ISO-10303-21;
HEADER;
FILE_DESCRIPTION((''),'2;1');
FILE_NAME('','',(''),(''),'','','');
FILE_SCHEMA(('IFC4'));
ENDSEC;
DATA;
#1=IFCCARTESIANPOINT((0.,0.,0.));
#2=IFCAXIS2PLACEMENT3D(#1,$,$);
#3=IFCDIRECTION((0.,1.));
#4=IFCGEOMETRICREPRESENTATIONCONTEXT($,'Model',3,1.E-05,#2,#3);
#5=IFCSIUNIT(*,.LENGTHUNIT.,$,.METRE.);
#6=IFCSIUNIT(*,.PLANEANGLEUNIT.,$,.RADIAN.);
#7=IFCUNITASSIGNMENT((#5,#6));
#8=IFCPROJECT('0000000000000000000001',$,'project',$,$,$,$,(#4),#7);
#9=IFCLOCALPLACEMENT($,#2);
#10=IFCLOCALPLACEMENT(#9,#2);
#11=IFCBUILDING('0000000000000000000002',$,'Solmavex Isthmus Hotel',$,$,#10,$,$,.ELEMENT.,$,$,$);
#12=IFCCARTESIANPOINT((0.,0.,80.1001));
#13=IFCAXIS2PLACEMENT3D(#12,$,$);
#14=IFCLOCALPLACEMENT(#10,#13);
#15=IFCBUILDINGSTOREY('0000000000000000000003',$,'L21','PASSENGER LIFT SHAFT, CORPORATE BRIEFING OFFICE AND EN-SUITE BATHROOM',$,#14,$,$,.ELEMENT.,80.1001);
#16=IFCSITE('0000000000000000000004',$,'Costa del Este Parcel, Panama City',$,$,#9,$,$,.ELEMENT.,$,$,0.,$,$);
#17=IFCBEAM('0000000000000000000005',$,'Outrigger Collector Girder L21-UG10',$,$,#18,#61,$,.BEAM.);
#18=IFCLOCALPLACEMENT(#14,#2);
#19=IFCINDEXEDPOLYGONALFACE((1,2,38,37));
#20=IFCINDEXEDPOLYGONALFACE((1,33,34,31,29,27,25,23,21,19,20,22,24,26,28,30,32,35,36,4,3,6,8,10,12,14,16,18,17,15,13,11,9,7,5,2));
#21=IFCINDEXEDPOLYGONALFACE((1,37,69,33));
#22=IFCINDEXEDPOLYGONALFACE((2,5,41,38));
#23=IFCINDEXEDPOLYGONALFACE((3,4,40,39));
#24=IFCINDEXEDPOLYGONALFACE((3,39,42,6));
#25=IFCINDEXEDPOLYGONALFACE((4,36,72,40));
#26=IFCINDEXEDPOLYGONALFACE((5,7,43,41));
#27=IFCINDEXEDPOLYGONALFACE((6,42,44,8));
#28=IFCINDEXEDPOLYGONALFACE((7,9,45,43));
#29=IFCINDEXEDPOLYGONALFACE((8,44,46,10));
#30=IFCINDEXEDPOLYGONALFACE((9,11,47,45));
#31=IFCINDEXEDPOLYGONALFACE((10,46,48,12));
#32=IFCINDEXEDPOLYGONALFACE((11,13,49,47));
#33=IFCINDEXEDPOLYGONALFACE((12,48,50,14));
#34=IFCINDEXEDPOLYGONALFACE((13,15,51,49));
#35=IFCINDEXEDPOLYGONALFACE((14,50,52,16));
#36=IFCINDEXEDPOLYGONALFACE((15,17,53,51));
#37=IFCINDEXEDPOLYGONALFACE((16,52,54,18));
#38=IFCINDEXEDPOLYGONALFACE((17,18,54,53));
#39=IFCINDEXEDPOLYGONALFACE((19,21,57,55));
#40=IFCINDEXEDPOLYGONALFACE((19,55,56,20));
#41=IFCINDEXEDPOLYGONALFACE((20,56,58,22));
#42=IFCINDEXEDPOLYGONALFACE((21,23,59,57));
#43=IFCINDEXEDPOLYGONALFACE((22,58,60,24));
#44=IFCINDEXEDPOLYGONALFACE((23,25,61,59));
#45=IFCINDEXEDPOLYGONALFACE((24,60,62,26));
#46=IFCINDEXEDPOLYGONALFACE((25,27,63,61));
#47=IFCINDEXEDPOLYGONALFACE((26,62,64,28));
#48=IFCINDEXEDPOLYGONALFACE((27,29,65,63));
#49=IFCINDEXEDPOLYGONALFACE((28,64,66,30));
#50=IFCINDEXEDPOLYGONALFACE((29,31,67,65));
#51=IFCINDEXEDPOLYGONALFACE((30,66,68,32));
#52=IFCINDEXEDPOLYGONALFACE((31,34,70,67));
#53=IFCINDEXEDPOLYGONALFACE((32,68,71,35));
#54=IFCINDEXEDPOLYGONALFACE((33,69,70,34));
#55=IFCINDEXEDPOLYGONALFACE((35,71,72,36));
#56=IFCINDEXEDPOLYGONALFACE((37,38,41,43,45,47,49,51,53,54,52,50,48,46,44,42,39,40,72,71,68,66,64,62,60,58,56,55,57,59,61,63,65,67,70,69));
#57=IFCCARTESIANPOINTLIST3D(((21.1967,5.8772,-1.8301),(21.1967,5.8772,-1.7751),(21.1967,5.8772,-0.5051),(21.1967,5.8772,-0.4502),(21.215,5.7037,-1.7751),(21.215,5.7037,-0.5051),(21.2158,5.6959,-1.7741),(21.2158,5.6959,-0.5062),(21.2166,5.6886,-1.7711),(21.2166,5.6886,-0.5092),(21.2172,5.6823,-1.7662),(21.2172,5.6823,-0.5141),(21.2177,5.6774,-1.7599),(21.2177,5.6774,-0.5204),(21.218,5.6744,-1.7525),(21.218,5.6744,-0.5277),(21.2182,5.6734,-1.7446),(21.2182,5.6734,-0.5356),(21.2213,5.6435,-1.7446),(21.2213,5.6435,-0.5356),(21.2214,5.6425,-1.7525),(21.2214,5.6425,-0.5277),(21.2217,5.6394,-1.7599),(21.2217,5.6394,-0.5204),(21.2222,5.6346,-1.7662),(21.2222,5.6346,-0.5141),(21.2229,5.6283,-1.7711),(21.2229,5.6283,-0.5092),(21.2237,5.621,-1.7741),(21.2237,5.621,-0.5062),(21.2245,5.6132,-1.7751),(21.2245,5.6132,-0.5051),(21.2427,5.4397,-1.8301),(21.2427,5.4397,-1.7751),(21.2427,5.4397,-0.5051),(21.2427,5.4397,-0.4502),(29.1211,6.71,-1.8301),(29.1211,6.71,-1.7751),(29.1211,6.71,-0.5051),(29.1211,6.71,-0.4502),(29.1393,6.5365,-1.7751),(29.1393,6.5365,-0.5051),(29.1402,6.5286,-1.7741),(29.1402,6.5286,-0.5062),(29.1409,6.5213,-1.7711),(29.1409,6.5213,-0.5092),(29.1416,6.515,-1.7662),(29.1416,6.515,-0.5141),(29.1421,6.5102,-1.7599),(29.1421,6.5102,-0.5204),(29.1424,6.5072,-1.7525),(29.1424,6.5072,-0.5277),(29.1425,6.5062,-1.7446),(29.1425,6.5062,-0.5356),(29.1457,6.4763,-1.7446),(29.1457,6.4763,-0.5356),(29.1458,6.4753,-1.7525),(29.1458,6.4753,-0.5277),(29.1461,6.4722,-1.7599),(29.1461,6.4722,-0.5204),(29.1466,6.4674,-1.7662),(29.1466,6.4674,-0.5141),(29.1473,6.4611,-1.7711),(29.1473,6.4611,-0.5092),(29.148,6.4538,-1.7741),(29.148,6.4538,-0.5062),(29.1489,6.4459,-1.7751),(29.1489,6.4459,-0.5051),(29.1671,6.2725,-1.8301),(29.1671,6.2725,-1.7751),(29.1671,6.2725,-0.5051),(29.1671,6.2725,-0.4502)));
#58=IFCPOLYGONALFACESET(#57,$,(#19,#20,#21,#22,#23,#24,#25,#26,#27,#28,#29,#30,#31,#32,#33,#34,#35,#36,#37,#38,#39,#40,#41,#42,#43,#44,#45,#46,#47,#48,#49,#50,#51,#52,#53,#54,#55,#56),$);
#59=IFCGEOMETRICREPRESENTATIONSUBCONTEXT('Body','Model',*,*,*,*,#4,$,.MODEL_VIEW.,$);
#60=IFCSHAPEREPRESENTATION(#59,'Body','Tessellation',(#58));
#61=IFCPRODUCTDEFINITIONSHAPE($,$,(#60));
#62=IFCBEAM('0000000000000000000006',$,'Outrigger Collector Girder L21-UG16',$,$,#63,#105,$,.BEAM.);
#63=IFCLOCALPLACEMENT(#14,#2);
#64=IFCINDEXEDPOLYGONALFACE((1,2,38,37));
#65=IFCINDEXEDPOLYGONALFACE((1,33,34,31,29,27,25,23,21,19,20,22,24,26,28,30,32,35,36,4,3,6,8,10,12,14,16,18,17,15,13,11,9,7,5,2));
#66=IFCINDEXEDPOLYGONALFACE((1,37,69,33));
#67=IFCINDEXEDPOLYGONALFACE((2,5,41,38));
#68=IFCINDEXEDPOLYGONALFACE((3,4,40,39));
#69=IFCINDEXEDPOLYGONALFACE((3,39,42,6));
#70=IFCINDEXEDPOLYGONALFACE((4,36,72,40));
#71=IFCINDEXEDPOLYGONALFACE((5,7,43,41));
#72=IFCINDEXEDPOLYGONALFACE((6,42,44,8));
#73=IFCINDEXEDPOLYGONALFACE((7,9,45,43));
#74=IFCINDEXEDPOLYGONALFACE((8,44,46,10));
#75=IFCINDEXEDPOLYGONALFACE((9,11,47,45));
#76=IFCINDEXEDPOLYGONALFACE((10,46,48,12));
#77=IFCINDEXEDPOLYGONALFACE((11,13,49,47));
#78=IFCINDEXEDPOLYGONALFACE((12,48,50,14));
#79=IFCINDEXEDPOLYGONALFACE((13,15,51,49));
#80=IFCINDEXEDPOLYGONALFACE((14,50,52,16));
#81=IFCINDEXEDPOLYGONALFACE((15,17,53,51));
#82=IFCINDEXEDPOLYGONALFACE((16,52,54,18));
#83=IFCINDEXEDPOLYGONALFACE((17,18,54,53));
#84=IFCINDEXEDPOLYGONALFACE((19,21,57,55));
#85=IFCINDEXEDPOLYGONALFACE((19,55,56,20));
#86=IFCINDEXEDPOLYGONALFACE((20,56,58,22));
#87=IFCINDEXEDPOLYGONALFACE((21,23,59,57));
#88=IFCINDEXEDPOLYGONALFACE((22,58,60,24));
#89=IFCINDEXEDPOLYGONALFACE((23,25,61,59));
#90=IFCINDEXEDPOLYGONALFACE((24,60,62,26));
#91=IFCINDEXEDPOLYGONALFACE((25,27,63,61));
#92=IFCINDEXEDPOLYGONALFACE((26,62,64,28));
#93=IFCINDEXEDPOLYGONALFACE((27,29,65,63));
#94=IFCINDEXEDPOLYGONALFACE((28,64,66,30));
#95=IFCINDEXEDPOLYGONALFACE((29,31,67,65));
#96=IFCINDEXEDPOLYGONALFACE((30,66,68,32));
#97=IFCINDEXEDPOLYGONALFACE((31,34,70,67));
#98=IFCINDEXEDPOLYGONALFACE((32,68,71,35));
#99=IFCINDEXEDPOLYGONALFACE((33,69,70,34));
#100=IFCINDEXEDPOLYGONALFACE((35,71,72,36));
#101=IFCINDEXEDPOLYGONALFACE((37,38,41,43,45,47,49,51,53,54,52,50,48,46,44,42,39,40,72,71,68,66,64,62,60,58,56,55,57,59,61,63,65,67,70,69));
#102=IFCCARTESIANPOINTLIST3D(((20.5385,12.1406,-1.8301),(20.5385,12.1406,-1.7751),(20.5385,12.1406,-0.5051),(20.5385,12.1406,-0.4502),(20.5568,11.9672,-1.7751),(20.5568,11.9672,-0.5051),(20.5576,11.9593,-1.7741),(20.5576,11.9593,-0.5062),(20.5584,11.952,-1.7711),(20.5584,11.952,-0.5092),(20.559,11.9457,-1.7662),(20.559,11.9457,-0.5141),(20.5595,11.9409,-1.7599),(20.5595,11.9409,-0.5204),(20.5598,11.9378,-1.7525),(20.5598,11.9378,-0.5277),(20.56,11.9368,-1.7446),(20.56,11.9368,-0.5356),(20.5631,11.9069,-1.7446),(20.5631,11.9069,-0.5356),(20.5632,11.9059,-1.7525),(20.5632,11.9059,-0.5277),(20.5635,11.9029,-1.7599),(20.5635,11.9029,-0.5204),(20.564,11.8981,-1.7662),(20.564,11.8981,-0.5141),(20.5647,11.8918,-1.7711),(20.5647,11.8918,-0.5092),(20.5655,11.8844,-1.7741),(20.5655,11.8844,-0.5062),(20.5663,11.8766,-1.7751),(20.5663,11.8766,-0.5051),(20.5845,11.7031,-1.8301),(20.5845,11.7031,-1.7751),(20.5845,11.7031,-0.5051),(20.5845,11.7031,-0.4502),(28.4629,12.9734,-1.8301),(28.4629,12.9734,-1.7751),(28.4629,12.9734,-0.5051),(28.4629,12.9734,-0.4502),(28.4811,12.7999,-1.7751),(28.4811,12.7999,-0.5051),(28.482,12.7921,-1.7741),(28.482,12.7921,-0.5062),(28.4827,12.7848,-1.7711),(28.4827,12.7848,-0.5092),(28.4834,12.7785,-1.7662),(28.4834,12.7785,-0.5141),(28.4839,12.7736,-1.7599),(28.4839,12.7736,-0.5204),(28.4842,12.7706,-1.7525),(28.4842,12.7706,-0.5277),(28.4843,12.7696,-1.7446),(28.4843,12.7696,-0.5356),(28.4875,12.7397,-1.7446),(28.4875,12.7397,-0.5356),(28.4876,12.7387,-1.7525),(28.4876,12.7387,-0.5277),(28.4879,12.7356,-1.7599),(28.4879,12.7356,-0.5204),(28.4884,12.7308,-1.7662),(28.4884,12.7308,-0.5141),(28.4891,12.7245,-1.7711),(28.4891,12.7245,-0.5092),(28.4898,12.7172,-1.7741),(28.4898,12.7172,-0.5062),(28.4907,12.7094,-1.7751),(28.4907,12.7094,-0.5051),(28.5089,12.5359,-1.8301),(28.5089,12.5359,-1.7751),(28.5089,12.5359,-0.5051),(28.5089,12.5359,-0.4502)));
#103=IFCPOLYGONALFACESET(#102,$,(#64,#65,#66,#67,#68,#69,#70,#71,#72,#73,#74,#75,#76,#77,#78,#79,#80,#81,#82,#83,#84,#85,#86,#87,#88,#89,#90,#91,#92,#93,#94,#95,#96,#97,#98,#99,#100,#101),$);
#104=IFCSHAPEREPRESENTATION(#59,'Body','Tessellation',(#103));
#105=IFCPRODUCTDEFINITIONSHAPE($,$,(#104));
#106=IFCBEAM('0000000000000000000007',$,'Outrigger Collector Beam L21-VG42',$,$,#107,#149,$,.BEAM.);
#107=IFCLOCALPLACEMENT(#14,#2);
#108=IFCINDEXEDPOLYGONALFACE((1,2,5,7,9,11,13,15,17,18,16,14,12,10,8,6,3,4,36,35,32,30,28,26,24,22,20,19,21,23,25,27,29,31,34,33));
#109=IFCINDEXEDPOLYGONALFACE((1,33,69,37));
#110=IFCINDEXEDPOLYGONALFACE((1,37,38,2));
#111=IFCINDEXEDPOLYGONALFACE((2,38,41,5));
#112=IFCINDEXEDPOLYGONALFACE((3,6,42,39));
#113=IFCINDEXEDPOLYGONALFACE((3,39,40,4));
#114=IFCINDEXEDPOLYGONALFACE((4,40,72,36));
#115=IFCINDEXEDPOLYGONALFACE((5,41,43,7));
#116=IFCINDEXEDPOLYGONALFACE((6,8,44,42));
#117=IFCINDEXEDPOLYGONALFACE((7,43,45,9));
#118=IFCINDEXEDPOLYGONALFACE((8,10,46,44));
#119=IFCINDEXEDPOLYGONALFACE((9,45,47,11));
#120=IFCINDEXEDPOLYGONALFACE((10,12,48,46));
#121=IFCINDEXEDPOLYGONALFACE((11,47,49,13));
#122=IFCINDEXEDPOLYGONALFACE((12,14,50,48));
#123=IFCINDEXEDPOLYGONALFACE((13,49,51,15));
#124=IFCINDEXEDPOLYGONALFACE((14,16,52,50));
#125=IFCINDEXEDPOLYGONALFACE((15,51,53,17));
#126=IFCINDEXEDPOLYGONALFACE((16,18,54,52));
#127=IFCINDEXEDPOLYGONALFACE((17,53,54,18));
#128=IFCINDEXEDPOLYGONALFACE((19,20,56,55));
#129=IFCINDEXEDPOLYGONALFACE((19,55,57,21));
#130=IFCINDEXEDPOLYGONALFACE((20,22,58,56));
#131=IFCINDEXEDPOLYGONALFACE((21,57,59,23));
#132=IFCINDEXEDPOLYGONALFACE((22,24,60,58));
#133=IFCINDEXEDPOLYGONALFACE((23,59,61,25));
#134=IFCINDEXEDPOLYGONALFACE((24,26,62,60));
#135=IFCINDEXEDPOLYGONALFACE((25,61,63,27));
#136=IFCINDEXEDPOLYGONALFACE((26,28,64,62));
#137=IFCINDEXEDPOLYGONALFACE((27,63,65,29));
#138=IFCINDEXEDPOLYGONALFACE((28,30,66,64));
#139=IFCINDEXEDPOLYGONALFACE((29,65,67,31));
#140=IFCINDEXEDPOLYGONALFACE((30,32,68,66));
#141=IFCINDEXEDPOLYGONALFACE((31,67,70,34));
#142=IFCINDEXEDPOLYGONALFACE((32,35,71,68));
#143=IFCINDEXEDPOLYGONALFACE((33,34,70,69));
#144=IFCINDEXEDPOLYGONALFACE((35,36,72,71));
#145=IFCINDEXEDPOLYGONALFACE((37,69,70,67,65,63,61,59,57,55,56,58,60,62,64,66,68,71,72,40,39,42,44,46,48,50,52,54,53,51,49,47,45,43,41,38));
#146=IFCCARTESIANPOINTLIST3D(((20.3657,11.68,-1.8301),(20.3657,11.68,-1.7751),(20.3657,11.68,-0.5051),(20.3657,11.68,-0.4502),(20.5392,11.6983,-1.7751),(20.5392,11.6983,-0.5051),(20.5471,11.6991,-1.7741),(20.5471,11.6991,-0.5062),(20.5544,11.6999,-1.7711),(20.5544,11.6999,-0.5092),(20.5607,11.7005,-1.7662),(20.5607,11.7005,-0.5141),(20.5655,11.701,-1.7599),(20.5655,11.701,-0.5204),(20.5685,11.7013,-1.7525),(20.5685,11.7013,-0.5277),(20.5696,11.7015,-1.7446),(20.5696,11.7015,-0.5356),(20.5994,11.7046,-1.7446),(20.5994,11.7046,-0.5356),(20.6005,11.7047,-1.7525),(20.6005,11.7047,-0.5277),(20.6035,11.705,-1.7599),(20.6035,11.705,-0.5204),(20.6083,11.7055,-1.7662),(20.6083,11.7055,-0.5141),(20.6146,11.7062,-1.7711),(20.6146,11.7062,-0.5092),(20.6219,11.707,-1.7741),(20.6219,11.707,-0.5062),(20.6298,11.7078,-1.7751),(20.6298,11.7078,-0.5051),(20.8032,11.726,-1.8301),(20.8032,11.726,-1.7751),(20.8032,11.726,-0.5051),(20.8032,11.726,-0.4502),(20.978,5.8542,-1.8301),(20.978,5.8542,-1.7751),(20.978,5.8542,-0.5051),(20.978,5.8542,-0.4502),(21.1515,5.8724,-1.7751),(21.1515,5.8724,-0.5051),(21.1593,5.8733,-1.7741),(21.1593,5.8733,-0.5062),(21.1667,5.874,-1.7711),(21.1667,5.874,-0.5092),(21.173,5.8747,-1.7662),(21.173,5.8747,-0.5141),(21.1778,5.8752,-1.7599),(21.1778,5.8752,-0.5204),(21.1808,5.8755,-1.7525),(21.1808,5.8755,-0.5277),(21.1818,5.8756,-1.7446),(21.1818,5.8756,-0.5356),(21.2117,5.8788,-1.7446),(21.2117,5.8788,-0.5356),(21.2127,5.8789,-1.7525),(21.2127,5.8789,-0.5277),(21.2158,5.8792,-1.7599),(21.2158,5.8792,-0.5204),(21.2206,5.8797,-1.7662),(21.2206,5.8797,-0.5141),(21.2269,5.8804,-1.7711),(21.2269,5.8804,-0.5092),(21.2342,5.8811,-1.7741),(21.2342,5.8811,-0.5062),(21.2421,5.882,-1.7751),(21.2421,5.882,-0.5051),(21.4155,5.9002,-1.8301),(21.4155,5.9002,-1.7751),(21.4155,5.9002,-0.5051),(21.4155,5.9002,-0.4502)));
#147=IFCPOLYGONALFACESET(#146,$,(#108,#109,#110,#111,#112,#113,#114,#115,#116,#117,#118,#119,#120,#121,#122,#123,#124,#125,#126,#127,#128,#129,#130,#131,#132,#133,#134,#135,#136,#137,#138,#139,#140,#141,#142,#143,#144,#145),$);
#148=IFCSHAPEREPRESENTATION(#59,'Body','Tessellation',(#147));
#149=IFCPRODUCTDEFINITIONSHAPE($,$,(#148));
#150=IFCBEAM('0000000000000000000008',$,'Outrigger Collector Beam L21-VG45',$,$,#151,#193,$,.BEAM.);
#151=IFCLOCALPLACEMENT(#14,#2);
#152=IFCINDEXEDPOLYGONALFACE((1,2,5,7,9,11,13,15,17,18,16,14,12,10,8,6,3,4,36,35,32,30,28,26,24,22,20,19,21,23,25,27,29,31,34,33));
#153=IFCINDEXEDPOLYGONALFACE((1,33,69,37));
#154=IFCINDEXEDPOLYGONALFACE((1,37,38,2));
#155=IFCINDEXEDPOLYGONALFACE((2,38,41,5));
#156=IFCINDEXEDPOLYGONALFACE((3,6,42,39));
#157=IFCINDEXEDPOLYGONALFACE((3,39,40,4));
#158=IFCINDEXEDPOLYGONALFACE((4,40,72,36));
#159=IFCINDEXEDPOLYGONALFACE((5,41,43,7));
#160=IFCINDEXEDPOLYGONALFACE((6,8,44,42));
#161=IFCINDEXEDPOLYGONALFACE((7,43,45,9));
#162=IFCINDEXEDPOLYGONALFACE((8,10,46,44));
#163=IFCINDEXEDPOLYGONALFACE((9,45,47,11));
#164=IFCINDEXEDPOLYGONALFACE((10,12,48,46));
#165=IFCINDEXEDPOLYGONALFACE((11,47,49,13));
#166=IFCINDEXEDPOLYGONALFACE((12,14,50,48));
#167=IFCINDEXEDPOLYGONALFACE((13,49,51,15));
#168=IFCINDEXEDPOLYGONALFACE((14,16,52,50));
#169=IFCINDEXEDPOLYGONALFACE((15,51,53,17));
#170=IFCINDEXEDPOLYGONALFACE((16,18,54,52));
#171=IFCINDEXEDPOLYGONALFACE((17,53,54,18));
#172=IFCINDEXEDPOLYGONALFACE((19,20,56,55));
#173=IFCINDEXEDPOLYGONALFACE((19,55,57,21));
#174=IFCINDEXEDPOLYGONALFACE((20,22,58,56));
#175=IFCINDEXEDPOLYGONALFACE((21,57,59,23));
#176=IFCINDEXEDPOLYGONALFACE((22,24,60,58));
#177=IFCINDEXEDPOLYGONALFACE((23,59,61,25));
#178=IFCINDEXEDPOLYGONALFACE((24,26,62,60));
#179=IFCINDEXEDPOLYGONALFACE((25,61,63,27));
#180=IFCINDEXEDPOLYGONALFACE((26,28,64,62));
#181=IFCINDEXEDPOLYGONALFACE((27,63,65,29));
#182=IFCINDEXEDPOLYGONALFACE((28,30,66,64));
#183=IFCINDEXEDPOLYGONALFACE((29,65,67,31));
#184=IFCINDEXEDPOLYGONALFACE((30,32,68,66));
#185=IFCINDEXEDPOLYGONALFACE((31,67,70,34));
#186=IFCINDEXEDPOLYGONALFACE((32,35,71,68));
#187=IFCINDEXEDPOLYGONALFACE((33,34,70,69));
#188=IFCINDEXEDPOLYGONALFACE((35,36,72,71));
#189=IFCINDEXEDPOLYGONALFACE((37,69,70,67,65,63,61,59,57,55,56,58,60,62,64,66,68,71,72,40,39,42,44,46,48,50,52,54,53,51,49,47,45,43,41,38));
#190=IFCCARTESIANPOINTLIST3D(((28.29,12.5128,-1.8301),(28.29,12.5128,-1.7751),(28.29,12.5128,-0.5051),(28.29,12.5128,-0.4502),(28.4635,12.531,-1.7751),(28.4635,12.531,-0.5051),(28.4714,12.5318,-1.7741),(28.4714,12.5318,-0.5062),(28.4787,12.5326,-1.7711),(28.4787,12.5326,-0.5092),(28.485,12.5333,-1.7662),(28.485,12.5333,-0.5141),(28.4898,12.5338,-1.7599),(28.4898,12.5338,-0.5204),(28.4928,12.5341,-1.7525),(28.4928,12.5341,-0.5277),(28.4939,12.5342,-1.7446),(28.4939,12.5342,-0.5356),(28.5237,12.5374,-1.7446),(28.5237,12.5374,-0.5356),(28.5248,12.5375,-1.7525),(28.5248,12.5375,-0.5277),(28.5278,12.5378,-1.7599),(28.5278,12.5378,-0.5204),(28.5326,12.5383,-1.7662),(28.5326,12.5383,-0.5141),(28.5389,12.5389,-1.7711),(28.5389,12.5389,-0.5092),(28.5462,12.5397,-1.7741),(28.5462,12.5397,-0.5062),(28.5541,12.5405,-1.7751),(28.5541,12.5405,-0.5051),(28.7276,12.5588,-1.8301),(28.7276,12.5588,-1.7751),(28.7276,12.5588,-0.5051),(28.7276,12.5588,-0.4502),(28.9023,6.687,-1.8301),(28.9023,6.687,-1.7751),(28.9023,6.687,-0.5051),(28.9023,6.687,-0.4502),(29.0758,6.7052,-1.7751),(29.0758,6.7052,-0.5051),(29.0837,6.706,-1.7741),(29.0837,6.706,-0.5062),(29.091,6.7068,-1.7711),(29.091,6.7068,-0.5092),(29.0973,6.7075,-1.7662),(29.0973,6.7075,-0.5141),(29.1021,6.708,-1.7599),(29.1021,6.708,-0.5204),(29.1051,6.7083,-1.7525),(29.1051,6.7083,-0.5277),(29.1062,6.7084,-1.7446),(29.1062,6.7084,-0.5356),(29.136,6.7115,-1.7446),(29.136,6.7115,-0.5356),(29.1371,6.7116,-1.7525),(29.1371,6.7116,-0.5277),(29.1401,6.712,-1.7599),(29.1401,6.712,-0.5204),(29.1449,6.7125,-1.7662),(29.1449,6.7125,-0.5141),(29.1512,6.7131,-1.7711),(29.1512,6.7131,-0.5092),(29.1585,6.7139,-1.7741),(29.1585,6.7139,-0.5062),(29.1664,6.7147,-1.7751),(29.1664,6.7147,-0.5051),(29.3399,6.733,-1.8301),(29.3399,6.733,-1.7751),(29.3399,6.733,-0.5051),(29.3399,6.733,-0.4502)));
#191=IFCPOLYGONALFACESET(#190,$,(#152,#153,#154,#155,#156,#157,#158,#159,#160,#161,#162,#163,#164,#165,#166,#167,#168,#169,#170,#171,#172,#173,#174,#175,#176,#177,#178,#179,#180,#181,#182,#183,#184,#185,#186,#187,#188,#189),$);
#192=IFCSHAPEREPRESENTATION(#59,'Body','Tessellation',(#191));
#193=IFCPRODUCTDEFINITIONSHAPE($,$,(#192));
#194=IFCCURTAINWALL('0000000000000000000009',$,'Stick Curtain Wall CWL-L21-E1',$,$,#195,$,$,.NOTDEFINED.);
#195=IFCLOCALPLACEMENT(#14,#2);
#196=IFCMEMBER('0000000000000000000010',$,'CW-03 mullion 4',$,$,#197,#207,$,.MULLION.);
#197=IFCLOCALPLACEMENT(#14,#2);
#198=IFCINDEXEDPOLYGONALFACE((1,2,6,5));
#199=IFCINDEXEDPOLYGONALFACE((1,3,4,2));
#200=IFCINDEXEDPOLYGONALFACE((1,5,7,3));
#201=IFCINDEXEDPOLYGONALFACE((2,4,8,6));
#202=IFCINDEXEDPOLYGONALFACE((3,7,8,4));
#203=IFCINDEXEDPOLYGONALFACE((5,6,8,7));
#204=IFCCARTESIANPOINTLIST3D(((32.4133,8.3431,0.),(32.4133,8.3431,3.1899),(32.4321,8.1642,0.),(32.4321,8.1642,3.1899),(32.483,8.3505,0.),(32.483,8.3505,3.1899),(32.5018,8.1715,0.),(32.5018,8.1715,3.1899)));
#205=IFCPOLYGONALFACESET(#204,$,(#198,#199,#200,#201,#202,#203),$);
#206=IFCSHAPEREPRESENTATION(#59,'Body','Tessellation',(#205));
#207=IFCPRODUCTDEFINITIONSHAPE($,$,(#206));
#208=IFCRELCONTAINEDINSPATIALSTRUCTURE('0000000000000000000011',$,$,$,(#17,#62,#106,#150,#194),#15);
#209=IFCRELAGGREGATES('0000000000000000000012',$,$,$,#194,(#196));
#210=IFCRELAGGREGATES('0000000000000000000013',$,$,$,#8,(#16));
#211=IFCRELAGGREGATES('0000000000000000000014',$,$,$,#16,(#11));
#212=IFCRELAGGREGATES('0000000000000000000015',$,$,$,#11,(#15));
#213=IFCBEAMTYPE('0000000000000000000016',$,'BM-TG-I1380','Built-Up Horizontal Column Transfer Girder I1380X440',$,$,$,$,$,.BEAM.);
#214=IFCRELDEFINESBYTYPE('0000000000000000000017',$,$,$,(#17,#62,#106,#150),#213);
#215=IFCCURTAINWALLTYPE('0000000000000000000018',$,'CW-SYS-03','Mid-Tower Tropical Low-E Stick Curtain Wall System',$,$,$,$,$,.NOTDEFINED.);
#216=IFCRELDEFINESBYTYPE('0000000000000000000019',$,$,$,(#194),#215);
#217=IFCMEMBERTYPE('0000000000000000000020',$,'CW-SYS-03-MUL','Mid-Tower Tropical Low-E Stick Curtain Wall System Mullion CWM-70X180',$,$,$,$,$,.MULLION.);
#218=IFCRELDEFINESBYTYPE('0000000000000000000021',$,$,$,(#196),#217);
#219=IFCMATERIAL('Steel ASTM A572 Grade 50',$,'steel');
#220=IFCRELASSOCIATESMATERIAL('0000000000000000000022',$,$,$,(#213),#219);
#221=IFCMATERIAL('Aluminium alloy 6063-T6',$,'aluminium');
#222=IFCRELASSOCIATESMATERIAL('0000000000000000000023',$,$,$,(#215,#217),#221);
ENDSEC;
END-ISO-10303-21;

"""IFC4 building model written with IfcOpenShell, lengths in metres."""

from ifc_helpers import new_model, si_unit, direction, frame, origin, origin_2d, place, context, subcontext, project, spatial, rectangle, i_section, extrude, material, material_profile, profile_set, type_object, element, aggregate, save


model = new_model("IFC4")

# Units and contexts
model_context = context("Model", 3, precision=1e-05, world=origin(), true_north=direction((0.0, 1.0)))
body_context = subcontext(model_context, "Body", "Model", "MODEL_VIEW")
ifc_project = project(units=[si_unit("LENGTHUNIT", "METRE"), si_unit("PLANEANGLEUNIT", "RADIAN")], contexts=[model_context])

# Site, building, storey
site_placement = place(None, origin())
site = spatial("IfcSite", under=ifc_project, at=site_placement, Name="Costa del Este Parcel, Panama City", CompositionType="ELEMENT", RefElevation=0.0)
building_placement = place(site_placement, origin())
building = spatial("IfcBuilding", under=site, at=building_placement, Name="Solmavex Isthmus Hotel", CompositionType="ELEMENT")
storey_placement = place(building_placement, frame((0.0, 0.0, 80.1001)))
storey = spatial("IfcBuildingStorey", under=building, at=storey_placement, Name="L21", Description="PASSENGER LIFT SHAFT, CORPORATE BRIEFING OFFICE AND EN-SUITE BATHROOM", CompositionType="ELEMENT", Elevation=80.1001)

# Beams
ifc_material_1 = material(Name="Steel ASTM A572 Grade 50", Category="steel")
ifc_material_profile_1 = material_profile(ifc_material_1, i_section(OverallWidth=0.4399, OverallDepth=1.3799, WebThickness=0.03, FlangeThickness=0.0549, FilletRadius=0.0305, at=origin_2d()), Name="I1380X440")
ifc_profile_set_1 = profile_set([ifc_material_profile_1], Name="Steel ASTM A572 Grade 50")
beam_type_1 = type_object("IfcBeamType", Name="BM-TG-I1380", Description="Built-Up Horizontal Column Transfer Girder I1380X440", PredefinedType="BEAM", material=ifc_profile_set_1)
for number, where, z_axis, x_axis, name in (
    (1, (21.2197, 5.6584, -1.1401), (0.994523, 0.104514, 0.0), (-0.104514, 0.994523, 0.0), "Outrigger Collector Girder L21-UG10"),
    (2, (20.5615, 11.9219, -1.1401), (0.994523, 0.104514, 0.0), (-0.104514, 0.994523, 0.0), "Outrigger Collector Girder L21-UG16"),
):
    element("IfcBeam", number, at=place(storey_placement, frame(where, z_axis=z_axis, x_axis=x_axis)), inside=storey, type_object=beam_type_1, Name=name, PredefinedType="BEAM", context=body_context, shape_type="SweptSolid", body=[
        extrude(i_section(OverallWidth=0.4399, OverallDepth=1.3799, WebThickness=0.03, FlangeThickness=0.0549, FilletRadius=0.0305, at=origin_2d()), origin(), (0.0, 0.0, 1.0), 7.968),
    ])
for number, where, z_axis, x_axis, name in (
    (3, (21.1968, 5.8772, -1.1401), (-0.104524, 0.994522, 0.0), (-0.994522, -0.104524, 0.0), "Outrigger Collector Beam L21-VG42"),
    (4, (29.1211, 6.71, -1.1401), (-0.104524, 0.994522, 0.0), (-0.994522, -0.104524, 0.0), "Outrigger Collector Beam L21-VG45"),
):
    element("IfcBeam", number, at=place(storey_placement, frame(where, z_axis=z_axis, x_axis=x_axis)), inside=storey, type_object=beam_type_1, Name=name, PredefinedType="BEAM", context=body_context, shape_type="SweptSolid", body=[
        extrude(i_section(OverallWidth=0.4399, OverallDepth=1.3799, WebThickness=0.03, FlangeThickness=0.0549, FilletRadius=0.0305, at=origin_2d()), origin(), (0.0, 0.0, 1.0), 5.8579),
    ])

# Curtain wall, member
ifc_material_2 = material(Name="Aluminium alloy 6063-T6", Category="aluminium")
curtain_wall_type = type_object("IfcCurtainWallType", Name="CW-SYS-03", Description="Mid-Tower Tropical Low-E Stick Curtain Wall System", PredefinedType="NOTDEFINED", material=ifc_material_2)
curtain_wall_placement = place(storey_placement, origin())
curtain_wall = element("IfcCurtainWall", 5, at=curtain_wall_placement, inside=storey, type_object=curtain_wall_type, Name="Stick Curtain Wall CWL-L21-E1", PredefinedType="NOTDEFINED")
ifc_material_profile_2 = material_profile(ifc_material_2, rectangle(XDim=0.0701, YDim=0.1799, at=origin_2d()), Name="CWM-70X180")
ifc_profile_set_2 = profile_set([ifc_material_profile_2], Name="Aluminium alloy 6063-T6")
member_type_1 = type_object("IfcMemberType", Name="CW-SYS-03-MUL", Description="Mid-Tower Tropical Low-E Stick Curtain Wall System Mullion CWM-70X180", PredefinedType="MULLION", material=ifc_profile_set_2)
member_1_placement = place(storey_placement, frame((32.4575, 8.2573, 0.0), z_axis=(0.0, 0.0, 1.0), x_axis=(-0.994522, -0.104528, 0.0)))
member_1 = element("IfcMember", 6, at=member_1_placement, type_object=member_type_1, Name="CW-03 mullion 4", PredefinedType="MULLION", context=body_context, shape_type="SweptSolid", body=[
    extrude(rectangle(XDim=0.0701, YDim=0.1799, at=origin_2d()), origin(), (0.0, 0.0, 1.0), 3.1899),
])
aggregate(curtain_wall, [member_1])

save(model, "model.ifc")
